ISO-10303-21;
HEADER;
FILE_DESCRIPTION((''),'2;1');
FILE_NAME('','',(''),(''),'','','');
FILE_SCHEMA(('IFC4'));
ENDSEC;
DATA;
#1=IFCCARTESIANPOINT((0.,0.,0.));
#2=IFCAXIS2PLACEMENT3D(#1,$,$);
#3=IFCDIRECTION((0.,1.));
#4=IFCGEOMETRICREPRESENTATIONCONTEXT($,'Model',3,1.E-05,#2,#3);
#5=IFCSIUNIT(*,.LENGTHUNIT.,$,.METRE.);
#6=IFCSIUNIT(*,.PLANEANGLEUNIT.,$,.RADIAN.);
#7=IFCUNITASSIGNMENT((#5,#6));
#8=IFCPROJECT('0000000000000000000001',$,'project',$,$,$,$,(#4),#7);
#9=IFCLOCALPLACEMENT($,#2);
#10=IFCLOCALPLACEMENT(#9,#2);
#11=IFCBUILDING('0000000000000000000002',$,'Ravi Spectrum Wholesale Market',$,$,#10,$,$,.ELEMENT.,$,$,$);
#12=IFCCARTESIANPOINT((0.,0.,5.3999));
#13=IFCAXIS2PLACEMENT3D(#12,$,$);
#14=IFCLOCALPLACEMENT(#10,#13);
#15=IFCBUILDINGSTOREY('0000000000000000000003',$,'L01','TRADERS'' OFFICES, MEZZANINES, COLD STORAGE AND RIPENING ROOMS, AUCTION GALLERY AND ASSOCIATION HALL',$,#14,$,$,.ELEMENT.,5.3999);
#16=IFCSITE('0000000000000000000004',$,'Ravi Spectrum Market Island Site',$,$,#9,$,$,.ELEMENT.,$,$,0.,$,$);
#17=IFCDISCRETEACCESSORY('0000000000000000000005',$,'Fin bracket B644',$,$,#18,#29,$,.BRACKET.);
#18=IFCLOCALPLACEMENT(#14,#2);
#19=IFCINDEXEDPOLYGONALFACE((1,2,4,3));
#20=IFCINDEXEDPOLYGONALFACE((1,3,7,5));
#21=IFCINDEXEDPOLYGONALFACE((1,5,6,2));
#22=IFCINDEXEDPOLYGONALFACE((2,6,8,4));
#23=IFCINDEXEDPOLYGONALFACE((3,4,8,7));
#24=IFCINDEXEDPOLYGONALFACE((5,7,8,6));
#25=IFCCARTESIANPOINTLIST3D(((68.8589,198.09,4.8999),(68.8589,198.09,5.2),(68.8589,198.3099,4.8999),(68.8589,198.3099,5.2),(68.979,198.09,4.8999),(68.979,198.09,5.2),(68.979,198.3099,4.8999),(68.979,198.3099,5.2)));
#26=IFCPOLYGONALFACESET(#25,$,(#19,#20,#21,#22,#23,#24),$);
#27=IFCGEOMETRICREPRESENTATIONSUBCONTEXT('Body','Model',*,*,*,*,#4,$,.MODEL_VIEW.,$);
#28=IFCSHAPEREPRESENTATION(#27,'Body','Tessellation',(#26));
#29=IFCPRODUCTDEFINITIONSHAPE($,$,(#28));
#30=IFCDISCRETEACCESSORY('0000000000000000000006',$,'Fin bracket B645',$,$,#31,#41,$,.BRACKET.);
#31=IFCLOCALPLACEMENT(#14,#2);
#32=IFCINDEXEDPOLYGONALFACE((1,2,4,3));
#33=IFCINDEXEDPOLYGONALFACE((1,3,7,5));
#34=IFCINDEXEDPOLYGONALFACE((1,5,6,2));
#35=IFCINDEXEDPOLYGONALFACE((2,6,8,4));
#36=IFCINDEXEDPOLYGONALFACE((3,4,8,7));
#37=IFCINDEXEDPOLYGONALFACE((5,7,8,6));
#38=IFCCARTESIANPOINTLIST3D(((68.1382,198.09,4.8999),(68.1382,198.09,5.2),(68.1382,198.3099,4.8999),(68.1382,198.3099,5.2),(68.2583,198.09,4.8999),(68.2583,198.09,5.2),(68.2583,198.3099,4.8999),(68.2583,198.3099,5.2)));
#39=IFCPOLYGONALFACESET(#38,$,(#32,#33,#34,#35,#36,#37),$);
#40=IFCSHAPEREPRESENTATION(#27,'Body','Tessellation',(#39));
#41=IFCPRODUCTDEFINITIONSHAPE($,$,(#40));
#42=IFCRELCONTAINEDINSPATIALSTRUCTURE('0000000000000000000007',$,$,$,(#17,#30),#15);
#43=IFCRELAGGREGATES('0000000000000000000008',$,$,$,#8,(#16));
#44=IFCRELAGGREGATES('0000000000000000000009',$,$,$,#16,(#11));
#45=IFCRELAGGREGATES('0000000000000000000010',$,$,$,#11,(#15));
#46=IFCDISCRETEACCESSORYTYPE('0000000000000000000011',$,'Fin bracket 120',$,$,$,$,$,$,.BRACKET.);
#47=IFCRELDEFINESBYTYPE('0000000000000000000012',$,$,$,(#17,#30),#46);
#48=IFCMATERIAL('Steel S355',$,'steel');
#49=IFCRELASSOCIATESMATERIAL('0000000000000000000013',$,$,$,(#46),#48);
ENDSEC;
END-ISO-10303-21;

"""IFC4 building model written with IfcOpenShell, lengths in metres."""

from ifc_helpers import new_model, si_unit, direction, frame, origin, origin_2d, place, context, subcontext, project, spatial, rectangle, extrude, material, type_object, element, save


model = new_model("IFC4")

# Units and contexts
model_context = context("Model", 3, precision=1e-05, world=origin(), true_north=direction((0.0, 1.0)))
body_context = subcontext(model_context, "Body", "Model", "MODEL_VIEW")
ifc_project = project(units=[si_unit("LENGTHUNIT", "METRE"), si_unit("PLANEANGLEUNIT", "RADIAN")], contexts=[model_context])

# Site, building, storey
site_placement = place(None, origin())
site = spatial("IfcSite", under=ifc_project, at=site_placement, Name="Ravi Spectrum Market Island Site", CompositionType="ELEMENT", RefElevation=0.0)
building_placement = place(site_placement, origin())
building = spatial("IfcBuilding", under=site, at=building_placement, Name="Ravi Spectrum Wholesale Market", CompositionType="ELEMENT")
storey_placement = place(building_placement, frame((0.0, 0.0, 5.3999)))
storey = spatial("IfcBuildingStorey", under=building, at=storey_placement, Name="L01", Description="TRADERS' OFFICES, MEZZANINES, COLD STORAGE AND RIPENING ROOMS, AUCTION GALLERY AND ASSOCIATION HALL", CompositionType="ELEMENT", Elevation=5.3999)

# Discrete accessories
ifc_material_1 = material(Name="Steel S355", Category="steel")
discrete_accessory_type = type_object("IfcDiscreteAccessoryType", Name="Fin bracket 120", PredefinedType="BRACKET", material=ifc_material_1)
for number, where, z_axis, x_axis, name in (
    (1, (68.9189, 198.2, 4.8999), (0.0, 0.0, 1.0), (-1.0, 0.0, 0.0), "Fin bracket B644"),
    (2, (68.1982, 198.2, 4.8999), (0.0, 0.0, 1.0), (-1.0, 0.0, 0.0), "Fin bracket B645"),
):
    element("IfcDiscreteAccessory", number, at=place(storey_placement, frame(where, z_axis=z_axis, x_axis=x_axis)), inside=storey, type_object=discrete_accessory_type, Name=name, PredefinedType="BRACKET", context=body_context, shape_type="SweptSolid", body=[
        extrude(rectangle(XDim=0.1201, YDim=0.22, at=origin_2d()), origin(), (0.0, 0.0, 1.0), 0.3),
    ])

save(model, "model.ifc")
